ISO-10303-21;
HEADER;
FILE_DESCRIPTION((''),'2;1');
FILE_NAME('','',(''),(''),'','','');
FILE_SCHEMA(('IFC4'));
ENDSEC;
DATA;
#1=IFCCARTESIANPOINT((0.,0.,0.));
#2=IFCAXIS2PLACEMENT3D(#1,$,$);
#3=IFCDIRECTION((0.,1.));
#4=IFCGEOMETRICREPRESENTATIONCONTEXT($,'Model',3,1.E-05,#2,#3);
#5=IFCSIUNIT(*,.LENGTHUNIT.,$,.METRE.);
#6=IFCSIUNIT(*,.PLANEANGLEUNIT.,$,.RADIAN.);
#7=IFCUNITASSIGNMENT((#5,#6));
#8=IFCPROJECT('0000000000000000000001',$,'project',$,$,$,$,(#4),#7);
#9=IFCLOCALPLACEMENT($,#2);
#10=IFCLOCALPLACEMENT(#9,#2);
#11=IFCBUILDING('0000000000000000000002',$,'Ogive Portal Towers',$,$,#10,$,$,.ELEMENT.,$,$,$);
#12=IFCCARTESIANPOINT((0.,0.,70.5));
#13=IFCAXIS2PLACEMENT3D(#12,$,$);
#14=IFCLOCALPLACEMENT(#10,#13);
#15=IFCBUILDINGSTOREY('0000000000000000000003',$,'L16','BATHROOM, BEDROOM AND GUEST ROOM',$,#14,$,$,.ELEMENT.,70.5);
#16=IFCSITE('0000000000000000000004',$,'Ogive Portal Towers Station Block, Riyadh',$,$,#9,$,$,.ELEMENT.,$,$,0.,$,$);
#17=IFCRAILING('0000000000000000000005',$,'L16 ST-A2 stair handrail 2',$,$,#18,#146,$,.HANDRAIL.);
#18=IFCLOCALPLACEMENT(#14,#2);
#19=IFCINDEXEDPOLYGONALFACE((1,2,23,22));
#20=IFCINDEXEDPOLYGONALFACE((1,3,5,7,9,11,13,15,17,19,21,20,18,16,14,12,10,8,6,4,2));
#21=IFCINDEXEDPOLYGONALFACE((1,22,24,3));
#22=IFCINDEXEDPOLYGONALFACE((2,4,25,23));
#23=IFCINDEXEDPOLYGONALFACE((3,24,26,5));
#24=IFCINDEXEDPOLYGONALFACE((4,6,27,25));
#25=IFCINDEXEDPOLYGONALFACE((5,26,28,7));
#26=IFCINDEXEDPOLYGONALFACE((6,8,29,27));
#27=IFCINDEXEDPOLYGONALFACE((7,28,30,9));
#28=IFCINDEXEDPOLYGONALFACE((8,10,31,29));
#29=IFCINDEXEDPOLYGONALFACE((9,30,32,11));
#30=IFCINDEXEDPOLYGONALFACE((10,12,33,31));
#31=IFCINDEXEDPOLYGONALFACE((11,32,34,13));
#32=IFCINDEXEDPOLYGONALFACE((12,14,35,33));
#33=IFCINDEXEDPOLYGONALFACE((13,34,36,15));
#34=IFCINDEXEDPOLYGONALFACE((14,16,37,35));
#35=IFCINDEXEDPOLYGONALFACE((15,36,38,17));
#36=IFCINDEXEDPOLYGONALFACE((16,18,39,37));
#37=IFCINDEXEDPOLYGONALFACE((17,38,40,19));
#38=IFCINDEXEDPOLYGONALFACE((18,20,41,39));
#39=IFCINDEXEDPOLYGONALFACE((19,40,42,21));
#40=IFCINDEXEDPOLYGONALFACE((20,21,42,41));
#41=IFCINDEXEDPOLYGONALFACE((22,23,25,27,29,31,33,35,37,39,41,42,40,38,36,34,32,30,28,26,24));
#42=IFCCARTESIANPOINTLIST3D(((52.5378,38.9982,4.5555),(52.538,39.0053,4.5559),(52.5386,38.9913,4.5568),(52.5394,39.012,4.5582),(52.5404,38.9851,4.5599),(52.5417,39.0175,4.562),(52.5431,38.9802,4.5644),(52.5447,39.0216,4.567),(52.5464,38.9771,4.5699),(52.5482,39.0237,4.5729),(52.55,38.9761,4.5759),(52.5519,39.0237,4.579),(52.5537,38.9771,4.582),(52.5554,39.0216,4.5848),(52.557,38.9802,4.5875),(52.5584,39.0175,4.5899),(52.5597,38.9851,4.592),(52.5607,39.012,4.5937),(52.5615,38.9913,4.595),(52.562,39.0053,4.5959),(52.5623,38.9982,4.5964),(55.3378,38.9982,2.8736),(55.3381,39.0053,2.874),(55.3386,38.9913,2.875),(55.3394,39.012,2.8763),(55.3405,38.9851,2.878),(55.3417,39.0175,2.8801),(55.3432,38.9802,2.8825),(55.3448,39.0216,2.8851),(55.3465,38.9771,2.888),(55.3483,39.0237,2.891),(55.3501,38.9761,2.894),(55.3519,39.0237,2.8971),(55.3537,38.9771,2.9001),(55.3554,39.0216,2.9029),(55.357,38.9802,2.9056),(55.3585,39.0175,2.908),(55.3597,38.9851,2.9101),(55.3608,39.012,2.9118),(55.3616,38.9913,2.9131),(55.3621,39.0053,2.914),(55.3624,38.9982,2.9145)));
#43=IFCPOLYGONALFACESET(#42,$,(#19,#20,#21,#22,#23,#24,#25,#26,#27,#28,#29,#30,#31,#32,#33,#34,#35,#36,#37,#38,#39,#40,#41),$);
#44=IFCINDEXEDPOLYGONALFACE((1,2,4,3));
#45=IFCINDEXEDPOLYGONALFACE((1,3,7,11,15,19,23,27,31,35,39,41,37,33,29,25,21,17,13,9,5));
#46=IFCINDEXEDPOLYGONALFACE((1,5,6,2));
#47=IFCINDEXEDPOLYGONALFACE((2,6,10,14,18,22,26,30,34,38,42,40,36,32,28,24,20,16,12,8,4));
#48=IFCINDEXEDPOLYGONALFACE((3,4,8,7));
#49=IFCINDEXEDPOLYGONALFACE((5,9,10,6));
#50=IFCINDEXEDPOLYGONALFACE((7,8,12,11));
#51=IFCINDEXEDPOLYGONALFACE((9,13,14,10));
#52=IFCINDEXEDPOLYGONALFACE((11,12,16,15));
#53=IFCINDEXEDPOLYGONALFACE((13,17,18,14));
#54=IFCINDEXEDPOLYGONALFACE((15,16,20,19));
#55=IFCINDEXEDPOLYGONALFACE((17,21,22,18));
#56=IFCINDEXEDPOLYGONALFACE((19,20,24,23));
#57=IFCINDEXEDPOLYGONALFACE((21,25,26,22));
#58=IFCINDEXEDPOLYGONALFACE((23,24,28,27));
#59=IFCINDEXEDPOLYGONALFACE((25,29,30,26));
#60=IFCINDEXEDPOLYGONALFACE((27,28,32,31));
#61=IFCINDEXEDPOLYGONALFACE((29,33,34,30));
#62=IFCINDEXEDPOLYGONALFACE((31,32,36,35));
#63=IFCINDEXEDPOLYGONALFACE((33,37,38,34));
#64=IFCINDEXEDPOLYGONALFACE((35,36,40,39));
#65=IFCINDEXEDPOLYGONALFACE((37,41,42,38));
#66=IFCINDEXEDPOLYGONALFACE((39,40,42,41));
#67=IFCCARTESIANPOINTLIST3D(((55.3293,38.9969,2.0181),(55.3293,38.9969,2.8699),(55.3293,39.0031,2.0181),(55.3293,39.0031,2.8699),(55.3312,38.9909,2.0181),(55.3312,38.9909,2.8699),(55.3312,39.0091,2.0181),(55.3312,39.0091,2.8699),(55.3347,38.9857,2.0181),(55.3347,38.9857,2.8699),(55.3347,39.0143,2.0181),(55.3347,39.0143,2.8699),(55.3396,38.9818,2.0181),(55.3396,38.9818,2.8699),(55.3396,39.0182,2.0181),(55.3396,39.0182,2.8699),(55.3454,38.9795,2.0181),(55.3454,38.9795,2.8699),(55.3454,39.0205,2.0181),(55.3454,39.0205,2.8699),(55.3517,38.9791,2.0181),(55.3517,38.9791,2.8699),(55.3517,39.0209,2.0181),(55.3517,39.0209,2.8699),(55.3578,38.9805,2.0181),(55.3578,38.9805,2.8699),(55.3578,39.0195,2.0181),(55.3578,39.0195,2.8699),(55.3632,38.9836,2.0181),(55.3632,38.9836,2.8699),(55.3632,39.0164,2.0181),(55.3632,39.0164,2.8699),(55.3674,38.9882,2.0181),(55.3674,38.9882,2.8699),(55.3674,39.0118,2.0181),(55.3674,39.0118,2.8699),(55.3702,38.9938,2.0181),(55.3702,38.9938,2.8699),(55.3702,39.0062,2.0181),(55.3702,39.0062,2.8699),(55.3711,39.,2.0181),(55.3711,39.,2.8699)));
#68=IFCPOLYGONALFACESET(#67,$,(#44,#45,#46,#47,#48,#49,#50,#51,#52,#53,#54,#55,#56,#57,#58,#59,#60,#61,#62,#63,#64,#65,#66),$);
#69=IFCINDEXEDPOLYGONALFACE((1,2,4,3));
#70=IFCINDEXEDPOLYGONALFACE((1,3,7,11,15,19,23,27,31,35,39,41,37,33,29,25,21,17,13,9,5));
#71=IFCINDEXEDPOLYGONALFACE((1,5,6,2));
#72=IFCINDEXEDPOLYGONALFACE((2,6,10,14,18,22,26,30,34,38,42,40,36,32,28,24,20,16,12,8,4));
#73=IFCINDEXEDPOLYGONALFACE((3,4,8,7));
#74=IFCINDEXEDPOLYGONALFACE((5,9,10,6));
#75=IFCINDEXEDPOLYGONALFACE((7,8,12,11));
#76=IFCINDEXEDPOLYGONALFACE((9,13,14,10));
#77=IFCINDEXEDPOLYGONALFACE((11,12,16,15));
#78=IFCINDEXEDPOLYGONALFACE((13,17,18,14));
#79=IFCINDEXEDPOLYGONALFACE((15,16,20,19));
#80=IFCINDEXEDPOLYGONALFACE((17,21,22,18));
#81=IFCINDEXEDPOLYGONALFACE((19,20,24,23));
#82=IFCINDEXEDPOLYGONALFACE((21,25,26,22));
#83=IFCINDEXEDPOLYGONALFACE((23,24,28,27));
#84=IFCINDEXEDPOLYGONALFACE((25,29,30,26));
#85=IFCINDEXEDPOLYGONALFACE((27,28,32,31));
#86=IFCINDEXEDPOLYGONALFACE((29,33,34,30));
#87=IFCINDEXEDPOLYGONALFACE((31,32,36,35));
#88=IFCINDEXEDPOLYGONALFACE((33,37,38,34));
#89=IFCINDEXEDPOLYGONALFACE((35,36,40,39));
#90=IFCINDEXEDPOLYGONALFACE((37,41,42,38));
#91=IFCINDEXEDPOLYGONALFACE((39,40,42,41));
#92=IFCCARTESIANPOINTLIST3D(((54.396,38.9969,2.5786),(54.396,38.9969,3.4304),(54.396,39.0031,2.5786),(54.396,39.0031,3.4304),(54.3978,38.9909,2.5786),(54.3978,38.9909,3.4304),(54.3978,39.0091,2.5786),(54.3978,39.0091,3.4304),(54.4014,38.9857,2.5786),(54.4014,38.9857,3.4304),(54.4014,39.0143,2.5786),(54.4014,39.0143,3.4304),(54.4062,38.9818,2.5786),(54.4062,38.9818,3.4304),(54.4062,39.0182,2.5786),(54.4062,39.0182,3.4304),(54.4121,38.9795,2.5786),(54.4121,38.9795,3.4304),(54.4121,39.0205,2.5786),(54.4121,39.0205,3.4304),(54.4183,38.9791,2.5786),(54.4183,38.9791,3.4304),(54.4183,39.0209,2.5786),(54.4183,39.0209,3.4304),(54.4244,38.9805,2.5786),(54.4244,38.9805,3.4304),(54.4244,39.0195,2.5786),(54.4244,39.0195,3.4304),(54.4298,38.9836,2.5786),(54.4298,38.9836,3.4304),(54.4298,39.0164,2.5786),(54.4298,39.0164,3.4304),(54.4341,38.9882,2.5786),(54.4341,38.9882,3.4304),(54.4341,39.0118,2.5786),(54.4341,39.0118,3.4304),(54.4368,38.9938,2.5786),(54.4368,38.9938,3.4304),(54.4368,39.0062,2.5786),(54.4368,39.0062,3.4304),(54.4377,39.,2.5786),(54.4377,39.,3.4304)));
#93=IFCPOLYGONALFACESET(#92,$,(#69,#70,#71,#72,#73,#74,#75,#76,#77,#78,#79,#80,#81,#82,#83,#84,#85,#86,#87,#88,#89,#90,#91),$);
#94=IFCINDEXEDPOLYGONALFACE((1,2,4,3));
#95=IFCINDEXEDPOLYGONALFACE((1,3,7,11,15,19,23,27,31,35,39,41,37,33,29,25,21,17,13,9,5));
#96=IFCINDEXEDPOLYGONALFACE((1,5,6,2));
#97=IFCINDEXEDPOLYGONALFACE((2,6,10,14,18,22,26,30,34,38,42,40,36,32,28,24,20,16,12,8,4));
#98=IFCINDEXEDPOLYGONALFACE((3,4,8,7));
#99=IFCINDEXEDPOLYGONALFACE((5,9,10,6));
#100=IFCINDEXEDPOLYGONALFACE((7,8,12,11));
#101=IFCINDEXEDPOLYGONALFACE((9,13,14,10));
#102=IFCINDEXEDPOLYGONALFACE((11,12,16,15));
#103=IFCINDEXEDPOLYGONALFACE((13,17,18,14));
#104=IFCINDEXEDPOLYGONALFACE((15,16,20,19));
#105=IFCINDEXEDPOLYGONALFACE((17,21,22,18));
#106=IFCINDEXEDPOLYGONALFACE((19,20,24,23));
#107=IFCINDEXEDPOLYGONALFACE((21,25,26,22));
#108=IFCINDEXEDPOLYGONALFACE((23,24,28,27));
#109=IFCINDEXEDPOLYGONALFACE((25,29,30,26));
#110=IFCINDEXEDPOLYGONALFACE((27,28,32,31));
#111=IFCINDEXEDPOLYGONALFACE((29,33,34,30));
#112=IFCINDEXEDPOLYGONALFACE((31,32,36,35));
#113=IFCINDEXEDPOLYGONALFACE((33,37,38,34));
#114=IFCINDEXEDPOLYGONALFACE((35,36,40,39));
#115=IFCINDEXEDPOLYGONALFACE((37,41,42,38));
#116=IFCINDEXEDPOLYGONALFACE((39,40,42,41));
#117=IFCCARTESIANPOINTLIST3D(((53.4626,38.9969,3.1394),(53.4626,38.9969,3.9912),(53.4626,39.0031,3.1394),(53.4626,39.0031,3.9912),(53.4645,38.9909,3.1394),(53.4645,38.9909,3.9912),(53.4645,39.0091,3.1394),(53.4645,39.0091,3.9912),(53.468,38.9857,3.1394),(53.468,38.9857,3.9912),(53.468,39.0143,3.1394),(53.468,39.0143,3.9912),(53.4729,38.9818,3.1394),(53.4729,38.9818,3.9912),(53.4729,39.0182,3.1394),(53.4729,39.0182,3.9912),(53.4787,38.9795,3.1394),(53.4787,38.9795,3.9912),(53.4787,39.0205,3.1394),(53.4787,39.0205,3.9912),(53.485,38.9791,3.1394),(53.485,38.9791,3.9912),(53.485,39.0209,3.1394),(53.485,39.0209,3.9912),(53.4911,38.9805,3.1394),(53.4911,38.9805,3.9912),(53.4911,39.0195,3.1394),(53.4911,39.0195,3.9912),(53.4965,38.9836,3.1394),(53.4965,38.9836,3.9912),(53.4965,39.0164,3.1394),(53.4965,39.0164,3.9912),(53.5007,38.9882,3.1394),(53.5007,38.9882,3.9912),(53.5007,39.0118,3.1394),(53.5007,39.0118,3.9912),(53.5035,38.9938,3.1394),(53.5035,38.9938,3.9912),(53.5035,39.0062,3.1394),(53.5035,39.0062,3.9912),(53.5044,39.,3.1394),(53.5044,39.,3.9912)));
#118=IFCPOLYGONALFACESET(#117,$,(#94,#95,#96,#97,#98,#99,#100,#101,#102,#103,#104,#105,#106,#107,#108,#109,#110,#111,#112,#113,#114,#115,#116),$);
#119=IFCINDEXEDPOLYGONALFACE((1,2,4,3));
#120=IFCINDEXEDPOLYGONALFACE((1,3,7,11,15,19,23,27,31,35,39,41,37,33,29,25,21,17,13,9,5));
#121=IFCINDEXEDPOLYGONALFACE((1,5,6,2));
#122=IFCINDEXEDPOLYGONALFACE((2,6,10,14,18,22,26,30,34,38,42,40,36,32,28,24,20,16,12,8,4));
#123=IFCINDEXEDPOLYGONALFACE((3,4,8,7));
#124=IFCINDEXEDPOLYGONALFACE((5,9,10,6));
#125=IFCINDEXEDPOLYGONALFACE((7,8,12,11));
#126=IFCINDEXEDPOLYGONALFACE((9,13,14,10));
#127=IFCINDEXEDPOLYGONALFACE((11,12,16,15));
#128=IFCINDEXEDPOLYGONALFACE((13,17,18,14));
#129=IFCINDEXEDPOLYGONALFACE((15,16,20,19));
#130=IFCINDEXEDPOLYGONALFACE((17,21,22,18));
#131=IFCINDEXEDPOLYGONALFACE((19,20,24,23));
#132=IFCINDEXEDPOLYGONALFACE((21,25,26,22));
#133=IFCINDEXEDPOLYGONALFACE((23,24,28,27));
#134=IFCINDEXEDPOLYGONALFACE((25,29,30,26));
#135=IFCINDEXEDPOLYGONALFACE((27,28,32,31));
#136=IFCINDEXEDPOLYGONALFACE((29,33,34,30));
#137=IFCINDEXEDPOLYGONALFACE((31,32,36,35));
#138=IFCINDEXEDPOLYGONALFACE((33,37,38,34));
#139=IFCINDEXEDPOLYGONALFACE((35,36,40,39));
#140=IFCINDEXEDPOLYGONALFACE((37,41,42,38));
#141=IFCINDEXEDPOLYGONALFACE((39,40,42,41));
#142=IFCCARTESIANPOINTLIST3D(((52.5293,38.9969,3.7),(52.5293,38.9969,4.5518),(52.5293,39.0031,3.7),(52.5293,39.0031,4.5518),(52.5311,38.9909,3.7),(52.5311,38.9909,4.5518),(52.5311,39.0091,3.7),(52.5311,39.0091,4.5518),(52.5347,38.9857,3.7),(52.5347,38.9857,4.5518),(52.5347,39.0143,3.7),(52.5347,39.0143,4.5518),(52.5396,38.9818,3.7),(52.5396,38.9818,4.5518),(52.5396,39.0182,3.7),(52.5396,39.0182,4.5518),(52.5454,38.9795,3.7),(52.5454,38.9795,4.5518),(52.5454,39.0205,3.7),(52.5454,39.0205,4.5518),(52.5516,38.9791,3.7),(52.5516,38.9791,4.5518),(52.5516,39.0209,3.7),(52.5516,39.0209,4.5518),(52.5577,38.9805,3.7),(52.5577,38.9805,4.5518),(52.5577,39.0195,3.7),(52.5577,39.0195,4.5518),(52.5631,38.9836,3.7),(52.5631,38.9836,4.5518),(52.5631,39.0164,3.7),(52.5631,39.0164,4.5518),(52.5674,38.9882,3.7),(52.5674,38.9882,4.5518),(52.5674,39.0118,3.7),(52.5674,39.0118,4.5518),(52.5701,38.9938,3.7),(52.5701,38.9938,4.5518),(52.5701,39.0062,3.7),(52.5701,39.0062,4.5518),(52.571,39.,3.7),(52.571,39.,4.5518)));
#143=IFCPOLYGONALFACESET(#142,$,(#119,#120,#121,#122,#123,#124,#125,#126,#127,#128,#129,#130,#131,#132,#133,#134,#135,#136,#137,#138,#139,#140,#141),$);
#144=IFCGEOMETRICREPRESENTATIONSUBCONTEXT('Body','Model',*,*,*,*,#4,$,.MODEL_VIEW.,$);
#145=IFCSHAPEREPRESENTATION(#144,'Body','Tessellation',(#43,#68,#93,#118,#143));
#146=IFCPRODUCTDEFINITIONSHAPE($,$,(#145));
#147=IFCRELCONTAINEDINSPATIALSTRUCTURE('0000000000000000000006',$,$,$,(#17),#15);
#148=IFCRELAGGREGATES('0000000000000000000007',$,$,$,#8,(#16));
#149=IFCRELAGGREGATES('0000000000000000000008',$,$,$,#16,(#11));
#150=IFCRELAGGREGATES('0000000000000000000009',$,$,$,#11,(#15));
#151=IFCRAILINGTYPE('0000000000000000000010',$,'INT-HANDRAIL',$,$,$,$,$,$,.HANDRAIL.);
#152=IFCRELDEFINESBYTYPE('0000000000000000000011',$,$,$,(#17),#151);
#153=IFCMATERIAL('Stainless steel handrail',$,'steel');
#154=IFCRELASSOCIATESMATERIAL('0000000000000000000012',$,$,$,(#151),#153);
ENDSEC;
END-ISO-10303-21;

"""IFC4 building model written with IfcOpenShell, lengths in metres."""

from ifc_helpers import new_model, si_unit, direction, frame, origin, origin_2d, place, context, subcontext, project, spatial, circle, extrude, material, type_object, element, save


model = new_model("IFC4")

# Units and contexts
model_context = context("Model", 3, precision=1e-05, world=origin(), true_north=direction((0.0, 1.0)))
body_context = subcontext(model_context, "Body", "Model", "MODEL_VIEW")
ifc_project = project(units=[si_unit("LENGTHUNIT", "METRE"), si_unit("PLANEANGLEUNIT", "RADIAN")], contexts=[model_context])

# Site, building, storey
site_placement = place(None, origin())
site = spatial("IfcSite", under=ifc_project, at=site_placement, Name="Ogive Portal Towers Station Block, Riyadh", CompositionType="ELEMENT", RefElevation=0.0)
building_placement = place(site_placement, origin())
building = spatial("IfcBuilding", under=site, at=building_placement, Name="Ogive Portal Towers", CompositionType="ELEMENT")
storey_placement = place(building_placement, frame((0.0, 0.0, 70.5)))
storey = spatial("IfcBuildingStorey", under=building, at=storey_placement, Name="L16", Description="BATHROOM, BEDROOM AND GUEST ROOM", CompositionType="ELEMENT", Elevation=70.5)

# Railing
ifc_material_1 = material(Name="Stainless steel handrail", Category="steel")
railing_type_1 = type_object("IfcRailingType", Name="INT-HANDRAIL", PredefinedType="HANDRAIL", material=ifc_material_1)
railing_1_placement = place(storey_placement, frame((55.3501, 39.0, 2.0181)))
element("IfcRailing", 1, at=railing_1_placement, inside=storey, type_object=railing_type_1, Name="L16 ST-A2 stair handrail 2", PredefinedType="HANDRAIL", context=body_context, shape_type="SweptSolid", body=[
    extrude(circle(Radius=0.0239, at=origin_2d()), frame((0.0, 0.0, 0.876), z_axis=(-0.857242, 0.0, 0.514913), x_axis=(0.0, -1.0, 0.0)), (0.0, 0.0, 1.0), 3.2664),
    extrude(circle(Radius=0.021, at=origin_2d()), origin(), (0.0, 0.0, 1.0), 0.8518),
    extrude(circle(Radius=0.021, at=origin_2d()), frame((-0.9333, 0.0, 0.5605)), (0.0, 0.0, 1.0), 0.8518),
    extrude(circle(Radius=0.021, at=origin_2d()), frame((-1.8667, 0.0, 1.1213)), (0.0, 0.0, 1.0), 0.8518),
    extrude(circle(Radius=0.021, at=origin_2d()), frame((-2.8, 0.0, 1.6819)), (0.0, 0.0, 1.0), 0.8518),
])

save(model, "model.ifc")
